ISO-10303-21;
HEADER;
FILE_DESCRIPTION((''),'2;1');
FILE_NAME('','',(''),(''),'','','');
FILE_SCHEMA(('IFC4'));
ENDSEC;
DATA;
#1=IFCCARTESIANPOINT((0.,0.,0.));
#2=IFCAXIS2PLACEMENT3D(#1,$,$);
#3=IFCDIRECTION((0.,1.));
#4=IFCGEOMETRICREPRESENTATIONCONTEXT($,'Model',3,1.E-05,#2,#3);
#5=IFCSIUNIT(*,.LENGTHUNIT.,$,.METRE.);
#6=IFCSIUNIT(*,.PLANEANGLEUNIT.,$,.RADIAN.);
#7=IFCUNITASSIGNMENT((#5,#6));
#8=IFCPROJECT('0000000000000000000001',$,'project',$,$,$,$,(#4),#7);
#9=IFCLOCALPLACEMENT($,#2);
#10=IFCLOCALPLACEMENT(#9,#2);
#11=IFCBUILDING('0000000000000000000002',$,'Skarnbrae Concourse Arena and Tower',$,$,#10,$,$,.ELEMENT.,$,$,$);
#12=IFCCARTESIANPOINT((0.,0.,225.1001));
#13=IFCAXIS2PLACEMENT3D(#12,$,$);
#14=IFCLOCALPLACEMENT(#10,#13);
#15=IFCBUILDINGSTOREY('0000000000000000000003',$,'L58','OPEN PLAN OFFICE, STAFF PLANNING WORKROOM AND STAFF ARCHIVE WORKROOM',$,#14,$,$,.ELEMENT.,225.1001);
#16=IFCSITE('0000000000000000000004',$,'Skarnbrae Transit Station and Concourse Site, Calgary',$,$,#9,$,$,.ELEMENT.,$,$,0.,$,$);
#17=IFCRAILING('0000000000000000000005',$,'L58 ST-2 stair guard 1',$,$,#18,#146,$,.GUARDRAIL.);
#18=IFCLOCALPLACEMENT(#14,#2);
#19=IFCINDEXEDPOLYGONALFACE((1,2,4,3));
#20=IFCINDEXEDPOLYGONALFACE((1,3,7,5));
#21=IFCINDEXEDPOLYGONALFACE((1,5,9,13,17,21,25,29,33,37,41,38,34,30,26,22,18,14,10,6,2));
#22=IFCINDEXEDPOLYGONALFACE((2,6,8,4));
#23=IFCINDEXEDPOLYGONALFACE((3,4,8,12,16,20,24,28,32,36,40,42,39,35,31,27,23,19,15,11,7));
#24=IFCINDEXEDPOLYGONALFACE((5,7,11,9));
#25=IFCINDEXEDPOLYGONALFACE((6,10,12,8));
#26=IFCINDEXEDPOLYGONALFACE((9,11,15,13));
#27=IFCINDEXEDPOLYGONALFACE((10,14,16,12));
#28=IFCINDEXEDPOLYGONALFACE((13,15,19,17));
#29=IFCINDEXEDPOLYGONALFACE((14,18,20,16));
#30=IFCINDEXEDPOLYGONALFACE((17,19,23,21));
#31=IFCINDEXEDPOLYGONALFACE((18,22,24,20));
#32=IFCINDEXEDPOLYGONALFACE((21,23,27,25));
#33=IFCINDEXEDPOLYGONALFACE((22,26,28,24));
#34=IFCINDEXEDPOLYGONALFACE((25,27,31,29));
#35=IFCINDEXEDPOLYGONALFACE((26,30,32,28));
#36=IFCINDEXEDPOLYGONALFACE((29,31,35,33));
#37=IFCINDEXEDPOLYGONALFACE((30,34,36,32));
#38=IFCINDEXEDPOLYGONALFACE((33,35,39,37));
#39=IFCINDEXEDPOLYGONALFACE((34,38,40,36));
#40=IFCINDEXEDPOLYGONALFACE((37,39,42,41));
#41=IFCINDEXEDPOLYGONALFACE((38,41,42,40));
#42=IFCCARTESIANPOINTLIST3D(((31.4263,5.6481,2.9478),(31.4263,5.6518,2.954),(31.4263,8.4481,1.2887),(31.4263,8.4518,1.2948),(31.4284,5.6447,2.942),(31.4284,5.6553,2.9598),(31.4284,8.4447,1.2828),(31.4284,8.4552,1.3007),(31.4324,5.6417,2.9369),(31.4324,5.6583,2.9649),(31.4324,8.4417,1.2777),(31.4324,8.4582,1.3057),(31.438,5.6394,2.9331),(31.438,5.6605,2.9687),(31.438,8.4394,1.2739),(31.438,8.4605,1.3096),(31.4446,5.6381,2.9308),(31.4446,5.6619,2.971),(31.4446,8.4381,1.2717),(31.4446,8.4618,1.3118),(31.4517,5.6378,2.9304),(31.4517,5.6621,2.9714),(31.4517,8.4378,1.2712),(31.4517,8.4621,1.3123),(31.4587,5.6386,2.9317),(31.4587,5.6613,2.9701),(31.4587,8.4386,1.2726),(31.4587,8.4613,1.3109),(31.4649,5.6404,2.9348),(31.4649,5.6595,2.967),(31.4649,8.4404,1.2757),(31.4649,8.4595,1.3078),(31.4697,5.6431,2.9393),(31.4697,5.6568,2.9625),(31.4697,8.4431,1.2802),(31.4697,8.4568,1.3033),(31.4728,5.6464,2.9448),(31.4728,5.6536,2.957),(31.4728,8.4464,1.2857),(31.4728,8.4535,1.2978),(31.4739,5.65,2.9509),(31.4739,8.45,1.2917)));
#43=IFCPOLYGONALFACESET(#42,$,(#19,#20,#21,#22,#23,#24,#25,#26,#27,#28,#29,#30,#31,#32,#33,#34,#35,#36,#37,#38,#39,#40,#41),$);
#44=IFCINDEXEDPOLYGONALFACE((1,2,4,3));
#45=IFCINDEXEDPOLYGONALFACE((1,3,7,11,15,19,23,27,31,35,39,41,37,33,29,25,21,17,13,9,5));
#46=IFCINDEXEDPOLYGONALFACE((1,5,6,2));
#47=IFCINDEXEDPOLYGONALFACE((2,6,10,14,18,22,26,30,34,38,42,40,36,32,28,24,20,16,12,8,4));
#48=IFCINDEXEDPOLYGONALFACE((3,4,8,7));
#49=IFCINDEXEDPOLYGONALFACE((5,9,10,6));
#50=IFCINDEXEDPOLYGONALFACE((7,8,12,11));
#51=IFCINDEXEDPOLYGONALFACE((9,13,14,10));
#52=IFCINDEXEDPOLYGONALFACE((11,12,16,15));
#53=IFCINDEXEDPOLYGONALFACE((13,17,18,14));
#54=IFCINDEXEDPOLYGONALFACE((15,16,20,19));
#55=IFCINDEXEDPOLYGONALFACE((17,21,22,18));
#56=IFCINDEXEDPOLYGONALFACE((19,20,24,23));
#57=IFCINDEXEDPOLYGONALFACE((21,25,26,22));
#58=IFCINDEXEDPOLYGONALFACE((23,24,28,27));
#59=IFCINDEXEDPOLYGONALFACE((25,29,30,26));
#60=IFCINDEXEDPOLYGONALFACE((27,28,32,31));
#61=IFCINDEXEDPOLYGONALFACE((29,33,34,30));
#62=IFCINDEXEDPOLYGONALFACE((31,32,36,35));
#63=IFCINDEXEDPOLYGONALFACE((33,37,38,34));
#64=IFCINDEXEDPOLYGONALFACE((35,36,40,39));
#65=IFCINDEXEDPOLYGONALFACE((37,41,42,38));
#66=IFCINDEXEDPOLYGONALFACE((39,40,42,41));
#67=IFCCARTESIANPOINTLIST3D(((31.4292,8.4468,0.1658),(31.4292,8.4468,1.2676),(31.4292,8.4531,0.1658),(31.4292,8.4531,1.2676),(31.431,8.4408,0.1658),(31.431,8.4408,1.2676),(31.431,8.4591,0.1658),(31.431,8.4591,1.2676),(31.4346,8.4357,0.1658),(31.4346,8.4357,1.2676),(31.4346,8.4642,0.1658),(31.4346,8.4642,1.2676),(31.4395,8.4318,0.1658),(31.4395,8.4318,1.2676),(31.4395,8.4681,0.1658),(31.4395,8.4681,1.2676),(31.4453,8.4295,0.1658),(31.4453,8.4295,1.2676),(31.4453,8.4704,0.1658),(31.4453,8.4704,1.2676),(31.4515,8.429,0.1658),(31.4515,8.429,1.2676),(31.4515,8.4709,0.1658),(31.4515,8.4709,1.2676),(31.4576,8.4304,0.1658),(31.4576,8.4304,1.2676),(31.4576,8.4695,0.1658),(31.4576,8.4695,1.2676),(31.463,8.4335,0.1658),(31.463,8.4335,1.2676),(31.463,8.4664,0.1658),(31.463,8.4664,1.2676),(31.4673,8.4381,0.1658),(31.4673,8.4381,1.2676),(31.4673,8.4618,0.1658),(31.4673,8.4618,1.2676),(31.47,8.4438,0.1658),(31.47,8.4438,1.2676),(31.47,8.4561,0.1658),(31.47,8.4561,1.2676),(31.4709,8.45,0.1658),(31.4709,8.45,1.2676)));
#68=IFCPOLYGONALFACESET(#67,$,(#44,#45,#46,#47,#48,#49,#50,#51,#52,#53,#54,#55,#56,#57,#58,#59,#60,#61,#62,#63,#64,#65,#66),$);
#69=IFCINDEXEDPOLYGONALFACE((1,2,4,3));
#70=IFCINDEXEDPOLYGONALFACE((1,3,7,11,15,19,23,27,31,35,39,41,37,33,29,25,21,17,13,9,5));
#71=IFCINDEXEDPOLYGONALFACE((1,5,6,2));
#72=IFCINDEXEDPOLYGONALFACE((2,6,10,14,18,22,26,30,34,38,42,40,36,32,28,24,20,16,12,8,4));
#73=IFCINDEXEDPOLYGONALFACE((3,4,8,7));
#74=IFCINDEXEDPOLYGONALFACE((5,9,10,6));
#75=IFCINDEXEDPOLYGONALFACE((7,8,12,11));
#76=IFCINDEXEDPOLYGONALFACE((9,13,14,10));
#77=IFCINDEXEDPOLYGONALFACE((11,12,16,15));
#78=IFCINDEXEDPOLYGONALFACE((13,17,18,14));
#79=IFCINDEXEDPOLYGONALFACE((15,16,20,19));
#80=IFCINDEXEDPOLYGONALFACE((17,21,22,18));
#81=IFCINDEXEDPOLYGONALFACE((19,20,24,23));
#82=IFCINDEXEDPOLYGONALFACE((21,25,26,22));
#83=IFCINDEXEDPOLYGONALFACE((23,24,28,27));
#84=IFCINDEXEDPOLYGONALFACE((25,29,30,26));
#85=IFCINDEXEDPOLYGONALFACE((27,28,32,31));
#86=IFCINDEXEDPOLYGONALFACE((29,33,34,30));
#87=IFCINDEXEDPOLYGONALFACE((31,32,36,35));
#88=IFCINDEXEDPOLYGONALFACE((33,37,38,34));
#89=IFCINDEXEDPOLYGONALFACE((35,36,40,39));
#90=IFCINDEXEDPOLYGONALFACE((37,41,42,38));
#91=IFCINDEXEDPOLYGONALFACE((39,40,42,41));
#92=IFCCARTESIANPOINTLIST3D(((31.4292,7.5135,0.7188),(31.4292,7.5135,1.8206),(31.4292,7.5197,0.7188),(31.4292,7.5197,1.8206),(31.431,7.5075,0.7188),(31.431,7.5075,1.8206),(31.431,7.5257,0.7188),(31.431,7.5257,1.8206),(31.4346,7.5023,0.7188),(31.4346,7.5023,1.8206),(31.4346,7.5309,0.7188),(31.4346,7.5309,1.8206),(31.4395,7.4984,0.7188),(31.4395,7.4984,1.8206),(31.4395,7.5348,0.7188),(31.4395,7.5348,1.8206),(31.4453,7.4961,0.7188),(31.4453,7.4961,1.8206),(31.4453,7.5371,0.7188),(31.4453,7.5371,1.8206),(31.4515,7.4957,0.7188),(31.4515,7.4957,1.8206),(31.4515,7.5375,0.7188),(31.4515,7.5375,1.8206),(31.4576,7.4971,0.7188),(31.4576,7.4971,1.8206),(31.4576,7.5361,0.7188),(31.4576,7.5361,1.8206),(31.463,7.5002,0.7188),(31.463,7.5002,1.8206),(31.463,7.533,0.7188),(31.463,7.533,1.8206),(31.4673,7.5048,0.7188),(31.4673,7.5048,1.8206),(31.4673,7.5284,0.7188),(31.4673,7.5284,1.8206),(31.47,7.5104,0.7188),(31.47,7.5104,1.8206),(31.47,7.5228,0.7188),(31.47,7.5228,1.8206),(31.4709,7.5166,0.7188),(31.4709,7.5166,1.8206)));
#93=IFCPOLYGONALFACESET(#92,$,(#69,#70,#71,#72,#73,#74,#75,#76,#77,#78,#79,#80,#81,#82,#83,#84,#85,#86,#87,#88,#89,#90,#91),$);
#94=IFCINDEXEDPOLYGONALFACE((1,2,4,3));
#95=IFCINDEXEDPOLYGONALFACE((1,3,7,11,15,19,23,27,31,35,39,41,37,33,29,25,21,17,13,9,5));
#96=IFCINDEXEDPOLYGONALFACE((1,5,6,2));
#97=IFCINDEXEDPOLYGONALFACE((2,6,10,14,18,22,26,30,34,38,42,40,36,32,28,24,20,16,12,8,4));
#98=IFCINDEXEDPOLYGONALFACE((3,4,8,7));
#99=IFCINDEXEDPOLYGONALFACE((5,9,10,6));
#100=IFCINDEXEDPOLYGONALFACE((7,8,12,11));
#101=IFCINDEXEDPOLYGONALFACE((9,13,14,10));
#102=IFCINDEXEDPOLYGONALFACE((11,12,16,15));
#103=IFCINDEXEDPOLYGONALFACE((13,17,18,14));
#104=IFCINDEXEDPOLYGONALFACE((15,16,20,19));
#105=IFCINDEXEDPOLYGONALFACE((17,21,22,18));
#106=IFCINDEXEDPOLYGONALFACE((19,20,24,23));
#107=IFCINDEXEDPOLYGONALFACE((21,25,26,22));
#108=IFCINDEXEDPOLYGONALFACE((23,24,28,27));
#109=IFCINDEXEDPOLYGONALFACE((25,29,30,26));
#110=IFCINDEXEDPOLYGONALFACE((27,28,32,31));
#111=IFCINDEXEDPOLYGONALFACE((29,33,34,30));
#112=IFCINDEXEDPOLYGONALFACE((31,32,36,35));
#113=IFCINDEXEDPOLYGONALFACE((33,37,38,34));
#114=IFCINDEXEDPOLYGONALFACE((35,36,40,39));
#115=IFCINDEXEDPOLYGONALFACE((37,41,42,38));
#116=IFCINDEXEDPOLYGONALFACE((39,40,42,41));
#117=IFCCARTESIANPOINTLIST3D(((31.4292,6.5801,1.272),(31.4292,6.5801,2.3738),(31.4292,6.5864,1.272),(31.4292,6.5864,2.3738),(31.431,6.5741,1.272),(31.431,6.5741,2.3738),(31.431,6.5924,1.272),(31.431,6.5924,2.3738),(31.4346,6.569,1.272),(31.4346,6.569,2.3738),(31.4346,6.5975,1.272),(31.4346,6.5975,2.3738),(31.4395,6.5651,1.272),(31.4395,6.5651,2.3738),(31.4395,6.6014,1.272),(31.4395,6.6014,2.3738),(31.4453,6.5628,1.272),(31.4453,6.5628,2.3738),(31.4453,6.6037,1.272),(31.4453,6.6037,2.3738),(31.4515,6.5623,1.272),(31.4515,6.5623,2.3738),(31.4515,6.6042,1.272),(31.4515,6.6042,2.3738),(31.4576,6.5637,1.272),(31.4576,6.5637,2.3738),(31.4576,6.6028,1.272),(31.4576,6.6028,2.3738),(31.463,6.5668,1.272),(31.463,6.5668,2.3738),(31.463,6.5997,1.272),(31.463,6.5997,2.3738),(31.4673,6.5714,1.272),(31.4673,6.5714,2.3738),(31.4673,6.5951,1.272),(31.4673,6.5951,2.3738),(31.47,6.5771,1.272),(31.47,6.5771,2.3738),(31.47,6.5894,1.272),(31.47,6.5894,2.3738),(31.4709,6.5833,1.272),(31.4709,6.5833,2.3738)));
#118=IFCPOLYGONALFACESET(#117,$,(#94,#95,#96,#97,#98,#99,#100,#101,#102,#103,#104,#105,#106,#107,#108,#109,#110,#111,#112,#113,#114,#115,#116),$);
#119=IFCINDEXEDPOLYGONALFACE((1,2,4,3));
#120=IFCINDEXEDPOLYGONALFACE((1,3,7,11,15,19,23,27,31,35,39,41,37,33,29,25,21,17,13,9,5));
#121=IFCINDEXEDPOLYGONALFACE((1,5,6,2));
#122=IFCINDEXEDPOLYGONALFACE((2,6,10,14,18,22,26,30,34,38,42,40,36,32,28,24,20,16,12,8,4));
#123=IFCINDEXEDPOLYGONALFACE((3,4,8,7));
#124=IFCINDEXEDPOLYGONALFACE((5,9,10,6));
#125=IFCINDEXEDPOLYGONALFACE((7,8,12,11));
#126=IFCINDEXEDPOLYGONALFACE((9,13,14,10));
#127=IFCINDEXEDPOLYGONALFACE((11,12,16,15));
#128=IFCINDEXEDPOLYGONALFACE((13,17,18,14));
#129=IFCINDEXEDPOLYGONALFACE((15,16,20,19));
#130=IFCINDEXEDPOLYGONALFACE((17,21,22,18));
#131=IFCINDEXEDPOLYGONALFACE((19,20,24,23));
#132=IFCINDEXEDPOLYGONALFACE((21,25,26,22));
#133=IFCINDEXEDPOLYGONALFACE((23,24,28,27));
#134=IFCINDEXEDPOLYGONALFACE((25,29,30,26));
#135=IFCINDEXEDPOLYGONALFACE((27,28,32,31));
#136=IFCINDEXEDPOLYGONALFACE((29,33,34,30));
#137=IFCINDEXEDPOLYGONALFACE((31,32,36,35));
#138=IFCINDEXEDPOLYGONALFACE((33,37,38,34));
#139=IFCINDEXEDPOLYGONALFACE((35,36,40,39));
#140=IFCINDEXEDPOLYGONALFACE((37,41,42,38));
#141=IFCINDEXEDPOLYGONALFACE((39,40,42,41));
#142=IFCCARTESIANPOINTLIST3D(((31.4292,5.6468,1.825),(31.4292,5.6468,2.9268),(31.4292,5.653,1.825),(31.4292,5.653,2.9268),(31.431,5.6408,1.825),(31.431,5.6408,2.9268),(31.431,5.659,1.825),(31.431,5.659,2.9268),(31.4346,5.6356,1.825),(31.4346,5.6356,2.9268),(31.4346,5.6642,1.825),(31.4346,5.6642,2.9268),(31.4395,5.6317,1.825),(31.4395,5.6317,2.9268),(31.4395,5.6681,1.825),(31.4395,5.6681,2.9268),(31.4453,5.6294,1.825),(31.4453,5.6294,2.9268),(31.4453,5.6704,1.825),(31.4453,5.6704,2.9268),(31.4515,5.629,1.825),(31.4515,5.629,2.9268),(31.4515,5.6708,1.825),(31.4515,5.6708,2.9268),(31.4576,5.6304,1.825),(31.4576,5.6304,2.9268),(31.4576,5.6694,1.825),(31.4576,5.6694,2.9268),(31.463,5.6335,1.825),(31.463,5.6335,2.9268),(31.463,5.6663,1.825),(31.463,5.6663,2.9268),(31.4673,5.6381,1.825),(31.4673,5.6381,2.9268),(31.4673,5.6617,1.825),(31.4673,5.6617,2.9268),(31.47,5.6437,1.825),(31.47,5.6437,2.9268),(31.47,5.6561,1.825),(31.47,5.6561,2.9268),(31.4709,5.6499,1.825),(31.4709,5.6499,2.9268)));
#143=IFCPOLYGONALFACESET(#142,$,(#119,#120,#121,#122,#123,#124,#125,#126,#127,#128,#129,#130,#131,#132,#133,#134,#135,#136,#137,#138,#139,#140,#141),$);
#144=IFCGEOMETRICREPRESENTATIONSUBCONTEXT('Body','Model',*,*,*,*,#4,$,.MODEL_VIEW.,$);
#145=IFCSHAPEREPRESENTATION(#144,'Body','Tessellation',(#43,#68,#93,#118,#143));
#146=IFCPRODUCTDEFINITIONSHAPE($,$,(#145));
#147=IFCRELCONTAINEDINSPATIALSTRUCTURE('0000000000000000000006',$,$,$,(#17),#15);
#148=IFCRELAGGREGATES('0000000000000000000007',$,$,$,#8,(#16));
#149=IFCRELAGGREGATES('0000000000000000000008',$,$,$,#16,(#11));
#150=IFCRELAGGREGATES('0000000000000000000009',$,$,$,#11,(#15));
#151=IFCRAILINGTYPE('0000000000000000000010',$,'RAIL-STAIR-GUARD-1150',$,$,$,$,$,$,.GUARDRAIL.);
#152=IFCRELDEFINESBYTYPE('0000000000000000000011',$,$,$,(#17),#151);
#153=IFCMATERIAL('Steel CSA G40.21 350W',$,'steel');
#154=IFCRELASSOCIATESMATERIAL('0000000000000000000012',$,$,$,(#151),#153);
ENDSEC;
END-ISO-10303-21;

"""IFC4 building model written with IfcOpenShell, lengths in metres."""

from ifc_helpers import new_model, si_unit, direction, frame, origin, origin_2d, place, context, subcontext, project, spatial, circle, extrude, material, type_object, element, save


model = new_model("IFC4")

# Units and contexts
model_context = context("Model", 3, precision=1e-05, world=origin(), true_north=direction((0.0, 1.0)))
body_context = subcontext(model_context, "Body", "Model", "MODEL_VIEW")
ifc_project = project(units=[si_unit("LENGTHUNIT", "METRE"), si_unit("PLANEANGLEUNIT", "RADIAN")], contexts=[model_context])

# Site, building, storey
site_placement = place(None, origin())
site = spatial("IfcSite", under=ifc_project, at=site_placement, Name="Skarnbrae Transit Station and Concourse Site, Calgary", CompositionType="ELEMENT", RefElevation=0.0)
building_placement = place(site_placement, origin())
building = spatial("IfcBuilding", under=site, at=building_placement, Name="Skarnbrae Concourse Arena and Tower", CompositionType="ELEMENT")
storey_placement = place(building_placement, frame((0.0, 0.0, 225.1001)))
storey = spatial("IfcBuildingStorey", under=building, at=storey_placement, Name="L58", Description="OPEN PLAN OFFICE, STAFF PLANNING WORKROOM AND STAFF ARCHIVE WORKROOM", CompositionType="ELEMENT", Elevation=225.1001)

# Shared definitions
ifc_material_1 = material(Name="Steel CSA G40.21 350W", Category="steel")

# Railing
railing_type = type_object("IfcRailingType", Name="RAIL-STAIR-GUARD-1150", PredefinedType="GUARDRAIL", material=ifc_material_1)
railing_1_placement = place(storey_placement, frame((31.45, 8.45, 0.1658)))
element("IfcRailing", 1, at=railing_1_placement, inside=storey, type_object=railing_type, Name="L58 ST-2 stair guard 1", PredefinedType="GUARDRAIL", context=body_context, shape_type="SweptSolid", body=[
    extrude(circle(Radius=0.0239, at=origin_2d()), frame((0.0, 0.0, 1.126), z_axis=(0.0, -0.860306, 0.509778), x_axis=(1.0, 0.0, 0.0)), (0.0, 0.0, 1.0), 3.2546),
    extrude(circle(Radius=0.021, at=origin_2d()), origin(), (0.0, 0.0, 1.0), 1.1018),
    extrude(circle(Radius=0.021, at=origin_2d()), frame((0.0, -0.9333, 0.553)), (0.0, 0.0, 1.0), 1.1018),
    extrude(circle(Radius=0.021, at=origin_2d()), frame((0.0, -1.8667, 1.1062)), (0.0, 0.0, 1.0), 1.1018),
    extrude(circle(Radius=0.021, at=origin_2d()), frame((0.0, -2.8, 1.6592)), (0.0, 0.0, 1.0), 1.1018),
])

save(model, "model.ifc")
